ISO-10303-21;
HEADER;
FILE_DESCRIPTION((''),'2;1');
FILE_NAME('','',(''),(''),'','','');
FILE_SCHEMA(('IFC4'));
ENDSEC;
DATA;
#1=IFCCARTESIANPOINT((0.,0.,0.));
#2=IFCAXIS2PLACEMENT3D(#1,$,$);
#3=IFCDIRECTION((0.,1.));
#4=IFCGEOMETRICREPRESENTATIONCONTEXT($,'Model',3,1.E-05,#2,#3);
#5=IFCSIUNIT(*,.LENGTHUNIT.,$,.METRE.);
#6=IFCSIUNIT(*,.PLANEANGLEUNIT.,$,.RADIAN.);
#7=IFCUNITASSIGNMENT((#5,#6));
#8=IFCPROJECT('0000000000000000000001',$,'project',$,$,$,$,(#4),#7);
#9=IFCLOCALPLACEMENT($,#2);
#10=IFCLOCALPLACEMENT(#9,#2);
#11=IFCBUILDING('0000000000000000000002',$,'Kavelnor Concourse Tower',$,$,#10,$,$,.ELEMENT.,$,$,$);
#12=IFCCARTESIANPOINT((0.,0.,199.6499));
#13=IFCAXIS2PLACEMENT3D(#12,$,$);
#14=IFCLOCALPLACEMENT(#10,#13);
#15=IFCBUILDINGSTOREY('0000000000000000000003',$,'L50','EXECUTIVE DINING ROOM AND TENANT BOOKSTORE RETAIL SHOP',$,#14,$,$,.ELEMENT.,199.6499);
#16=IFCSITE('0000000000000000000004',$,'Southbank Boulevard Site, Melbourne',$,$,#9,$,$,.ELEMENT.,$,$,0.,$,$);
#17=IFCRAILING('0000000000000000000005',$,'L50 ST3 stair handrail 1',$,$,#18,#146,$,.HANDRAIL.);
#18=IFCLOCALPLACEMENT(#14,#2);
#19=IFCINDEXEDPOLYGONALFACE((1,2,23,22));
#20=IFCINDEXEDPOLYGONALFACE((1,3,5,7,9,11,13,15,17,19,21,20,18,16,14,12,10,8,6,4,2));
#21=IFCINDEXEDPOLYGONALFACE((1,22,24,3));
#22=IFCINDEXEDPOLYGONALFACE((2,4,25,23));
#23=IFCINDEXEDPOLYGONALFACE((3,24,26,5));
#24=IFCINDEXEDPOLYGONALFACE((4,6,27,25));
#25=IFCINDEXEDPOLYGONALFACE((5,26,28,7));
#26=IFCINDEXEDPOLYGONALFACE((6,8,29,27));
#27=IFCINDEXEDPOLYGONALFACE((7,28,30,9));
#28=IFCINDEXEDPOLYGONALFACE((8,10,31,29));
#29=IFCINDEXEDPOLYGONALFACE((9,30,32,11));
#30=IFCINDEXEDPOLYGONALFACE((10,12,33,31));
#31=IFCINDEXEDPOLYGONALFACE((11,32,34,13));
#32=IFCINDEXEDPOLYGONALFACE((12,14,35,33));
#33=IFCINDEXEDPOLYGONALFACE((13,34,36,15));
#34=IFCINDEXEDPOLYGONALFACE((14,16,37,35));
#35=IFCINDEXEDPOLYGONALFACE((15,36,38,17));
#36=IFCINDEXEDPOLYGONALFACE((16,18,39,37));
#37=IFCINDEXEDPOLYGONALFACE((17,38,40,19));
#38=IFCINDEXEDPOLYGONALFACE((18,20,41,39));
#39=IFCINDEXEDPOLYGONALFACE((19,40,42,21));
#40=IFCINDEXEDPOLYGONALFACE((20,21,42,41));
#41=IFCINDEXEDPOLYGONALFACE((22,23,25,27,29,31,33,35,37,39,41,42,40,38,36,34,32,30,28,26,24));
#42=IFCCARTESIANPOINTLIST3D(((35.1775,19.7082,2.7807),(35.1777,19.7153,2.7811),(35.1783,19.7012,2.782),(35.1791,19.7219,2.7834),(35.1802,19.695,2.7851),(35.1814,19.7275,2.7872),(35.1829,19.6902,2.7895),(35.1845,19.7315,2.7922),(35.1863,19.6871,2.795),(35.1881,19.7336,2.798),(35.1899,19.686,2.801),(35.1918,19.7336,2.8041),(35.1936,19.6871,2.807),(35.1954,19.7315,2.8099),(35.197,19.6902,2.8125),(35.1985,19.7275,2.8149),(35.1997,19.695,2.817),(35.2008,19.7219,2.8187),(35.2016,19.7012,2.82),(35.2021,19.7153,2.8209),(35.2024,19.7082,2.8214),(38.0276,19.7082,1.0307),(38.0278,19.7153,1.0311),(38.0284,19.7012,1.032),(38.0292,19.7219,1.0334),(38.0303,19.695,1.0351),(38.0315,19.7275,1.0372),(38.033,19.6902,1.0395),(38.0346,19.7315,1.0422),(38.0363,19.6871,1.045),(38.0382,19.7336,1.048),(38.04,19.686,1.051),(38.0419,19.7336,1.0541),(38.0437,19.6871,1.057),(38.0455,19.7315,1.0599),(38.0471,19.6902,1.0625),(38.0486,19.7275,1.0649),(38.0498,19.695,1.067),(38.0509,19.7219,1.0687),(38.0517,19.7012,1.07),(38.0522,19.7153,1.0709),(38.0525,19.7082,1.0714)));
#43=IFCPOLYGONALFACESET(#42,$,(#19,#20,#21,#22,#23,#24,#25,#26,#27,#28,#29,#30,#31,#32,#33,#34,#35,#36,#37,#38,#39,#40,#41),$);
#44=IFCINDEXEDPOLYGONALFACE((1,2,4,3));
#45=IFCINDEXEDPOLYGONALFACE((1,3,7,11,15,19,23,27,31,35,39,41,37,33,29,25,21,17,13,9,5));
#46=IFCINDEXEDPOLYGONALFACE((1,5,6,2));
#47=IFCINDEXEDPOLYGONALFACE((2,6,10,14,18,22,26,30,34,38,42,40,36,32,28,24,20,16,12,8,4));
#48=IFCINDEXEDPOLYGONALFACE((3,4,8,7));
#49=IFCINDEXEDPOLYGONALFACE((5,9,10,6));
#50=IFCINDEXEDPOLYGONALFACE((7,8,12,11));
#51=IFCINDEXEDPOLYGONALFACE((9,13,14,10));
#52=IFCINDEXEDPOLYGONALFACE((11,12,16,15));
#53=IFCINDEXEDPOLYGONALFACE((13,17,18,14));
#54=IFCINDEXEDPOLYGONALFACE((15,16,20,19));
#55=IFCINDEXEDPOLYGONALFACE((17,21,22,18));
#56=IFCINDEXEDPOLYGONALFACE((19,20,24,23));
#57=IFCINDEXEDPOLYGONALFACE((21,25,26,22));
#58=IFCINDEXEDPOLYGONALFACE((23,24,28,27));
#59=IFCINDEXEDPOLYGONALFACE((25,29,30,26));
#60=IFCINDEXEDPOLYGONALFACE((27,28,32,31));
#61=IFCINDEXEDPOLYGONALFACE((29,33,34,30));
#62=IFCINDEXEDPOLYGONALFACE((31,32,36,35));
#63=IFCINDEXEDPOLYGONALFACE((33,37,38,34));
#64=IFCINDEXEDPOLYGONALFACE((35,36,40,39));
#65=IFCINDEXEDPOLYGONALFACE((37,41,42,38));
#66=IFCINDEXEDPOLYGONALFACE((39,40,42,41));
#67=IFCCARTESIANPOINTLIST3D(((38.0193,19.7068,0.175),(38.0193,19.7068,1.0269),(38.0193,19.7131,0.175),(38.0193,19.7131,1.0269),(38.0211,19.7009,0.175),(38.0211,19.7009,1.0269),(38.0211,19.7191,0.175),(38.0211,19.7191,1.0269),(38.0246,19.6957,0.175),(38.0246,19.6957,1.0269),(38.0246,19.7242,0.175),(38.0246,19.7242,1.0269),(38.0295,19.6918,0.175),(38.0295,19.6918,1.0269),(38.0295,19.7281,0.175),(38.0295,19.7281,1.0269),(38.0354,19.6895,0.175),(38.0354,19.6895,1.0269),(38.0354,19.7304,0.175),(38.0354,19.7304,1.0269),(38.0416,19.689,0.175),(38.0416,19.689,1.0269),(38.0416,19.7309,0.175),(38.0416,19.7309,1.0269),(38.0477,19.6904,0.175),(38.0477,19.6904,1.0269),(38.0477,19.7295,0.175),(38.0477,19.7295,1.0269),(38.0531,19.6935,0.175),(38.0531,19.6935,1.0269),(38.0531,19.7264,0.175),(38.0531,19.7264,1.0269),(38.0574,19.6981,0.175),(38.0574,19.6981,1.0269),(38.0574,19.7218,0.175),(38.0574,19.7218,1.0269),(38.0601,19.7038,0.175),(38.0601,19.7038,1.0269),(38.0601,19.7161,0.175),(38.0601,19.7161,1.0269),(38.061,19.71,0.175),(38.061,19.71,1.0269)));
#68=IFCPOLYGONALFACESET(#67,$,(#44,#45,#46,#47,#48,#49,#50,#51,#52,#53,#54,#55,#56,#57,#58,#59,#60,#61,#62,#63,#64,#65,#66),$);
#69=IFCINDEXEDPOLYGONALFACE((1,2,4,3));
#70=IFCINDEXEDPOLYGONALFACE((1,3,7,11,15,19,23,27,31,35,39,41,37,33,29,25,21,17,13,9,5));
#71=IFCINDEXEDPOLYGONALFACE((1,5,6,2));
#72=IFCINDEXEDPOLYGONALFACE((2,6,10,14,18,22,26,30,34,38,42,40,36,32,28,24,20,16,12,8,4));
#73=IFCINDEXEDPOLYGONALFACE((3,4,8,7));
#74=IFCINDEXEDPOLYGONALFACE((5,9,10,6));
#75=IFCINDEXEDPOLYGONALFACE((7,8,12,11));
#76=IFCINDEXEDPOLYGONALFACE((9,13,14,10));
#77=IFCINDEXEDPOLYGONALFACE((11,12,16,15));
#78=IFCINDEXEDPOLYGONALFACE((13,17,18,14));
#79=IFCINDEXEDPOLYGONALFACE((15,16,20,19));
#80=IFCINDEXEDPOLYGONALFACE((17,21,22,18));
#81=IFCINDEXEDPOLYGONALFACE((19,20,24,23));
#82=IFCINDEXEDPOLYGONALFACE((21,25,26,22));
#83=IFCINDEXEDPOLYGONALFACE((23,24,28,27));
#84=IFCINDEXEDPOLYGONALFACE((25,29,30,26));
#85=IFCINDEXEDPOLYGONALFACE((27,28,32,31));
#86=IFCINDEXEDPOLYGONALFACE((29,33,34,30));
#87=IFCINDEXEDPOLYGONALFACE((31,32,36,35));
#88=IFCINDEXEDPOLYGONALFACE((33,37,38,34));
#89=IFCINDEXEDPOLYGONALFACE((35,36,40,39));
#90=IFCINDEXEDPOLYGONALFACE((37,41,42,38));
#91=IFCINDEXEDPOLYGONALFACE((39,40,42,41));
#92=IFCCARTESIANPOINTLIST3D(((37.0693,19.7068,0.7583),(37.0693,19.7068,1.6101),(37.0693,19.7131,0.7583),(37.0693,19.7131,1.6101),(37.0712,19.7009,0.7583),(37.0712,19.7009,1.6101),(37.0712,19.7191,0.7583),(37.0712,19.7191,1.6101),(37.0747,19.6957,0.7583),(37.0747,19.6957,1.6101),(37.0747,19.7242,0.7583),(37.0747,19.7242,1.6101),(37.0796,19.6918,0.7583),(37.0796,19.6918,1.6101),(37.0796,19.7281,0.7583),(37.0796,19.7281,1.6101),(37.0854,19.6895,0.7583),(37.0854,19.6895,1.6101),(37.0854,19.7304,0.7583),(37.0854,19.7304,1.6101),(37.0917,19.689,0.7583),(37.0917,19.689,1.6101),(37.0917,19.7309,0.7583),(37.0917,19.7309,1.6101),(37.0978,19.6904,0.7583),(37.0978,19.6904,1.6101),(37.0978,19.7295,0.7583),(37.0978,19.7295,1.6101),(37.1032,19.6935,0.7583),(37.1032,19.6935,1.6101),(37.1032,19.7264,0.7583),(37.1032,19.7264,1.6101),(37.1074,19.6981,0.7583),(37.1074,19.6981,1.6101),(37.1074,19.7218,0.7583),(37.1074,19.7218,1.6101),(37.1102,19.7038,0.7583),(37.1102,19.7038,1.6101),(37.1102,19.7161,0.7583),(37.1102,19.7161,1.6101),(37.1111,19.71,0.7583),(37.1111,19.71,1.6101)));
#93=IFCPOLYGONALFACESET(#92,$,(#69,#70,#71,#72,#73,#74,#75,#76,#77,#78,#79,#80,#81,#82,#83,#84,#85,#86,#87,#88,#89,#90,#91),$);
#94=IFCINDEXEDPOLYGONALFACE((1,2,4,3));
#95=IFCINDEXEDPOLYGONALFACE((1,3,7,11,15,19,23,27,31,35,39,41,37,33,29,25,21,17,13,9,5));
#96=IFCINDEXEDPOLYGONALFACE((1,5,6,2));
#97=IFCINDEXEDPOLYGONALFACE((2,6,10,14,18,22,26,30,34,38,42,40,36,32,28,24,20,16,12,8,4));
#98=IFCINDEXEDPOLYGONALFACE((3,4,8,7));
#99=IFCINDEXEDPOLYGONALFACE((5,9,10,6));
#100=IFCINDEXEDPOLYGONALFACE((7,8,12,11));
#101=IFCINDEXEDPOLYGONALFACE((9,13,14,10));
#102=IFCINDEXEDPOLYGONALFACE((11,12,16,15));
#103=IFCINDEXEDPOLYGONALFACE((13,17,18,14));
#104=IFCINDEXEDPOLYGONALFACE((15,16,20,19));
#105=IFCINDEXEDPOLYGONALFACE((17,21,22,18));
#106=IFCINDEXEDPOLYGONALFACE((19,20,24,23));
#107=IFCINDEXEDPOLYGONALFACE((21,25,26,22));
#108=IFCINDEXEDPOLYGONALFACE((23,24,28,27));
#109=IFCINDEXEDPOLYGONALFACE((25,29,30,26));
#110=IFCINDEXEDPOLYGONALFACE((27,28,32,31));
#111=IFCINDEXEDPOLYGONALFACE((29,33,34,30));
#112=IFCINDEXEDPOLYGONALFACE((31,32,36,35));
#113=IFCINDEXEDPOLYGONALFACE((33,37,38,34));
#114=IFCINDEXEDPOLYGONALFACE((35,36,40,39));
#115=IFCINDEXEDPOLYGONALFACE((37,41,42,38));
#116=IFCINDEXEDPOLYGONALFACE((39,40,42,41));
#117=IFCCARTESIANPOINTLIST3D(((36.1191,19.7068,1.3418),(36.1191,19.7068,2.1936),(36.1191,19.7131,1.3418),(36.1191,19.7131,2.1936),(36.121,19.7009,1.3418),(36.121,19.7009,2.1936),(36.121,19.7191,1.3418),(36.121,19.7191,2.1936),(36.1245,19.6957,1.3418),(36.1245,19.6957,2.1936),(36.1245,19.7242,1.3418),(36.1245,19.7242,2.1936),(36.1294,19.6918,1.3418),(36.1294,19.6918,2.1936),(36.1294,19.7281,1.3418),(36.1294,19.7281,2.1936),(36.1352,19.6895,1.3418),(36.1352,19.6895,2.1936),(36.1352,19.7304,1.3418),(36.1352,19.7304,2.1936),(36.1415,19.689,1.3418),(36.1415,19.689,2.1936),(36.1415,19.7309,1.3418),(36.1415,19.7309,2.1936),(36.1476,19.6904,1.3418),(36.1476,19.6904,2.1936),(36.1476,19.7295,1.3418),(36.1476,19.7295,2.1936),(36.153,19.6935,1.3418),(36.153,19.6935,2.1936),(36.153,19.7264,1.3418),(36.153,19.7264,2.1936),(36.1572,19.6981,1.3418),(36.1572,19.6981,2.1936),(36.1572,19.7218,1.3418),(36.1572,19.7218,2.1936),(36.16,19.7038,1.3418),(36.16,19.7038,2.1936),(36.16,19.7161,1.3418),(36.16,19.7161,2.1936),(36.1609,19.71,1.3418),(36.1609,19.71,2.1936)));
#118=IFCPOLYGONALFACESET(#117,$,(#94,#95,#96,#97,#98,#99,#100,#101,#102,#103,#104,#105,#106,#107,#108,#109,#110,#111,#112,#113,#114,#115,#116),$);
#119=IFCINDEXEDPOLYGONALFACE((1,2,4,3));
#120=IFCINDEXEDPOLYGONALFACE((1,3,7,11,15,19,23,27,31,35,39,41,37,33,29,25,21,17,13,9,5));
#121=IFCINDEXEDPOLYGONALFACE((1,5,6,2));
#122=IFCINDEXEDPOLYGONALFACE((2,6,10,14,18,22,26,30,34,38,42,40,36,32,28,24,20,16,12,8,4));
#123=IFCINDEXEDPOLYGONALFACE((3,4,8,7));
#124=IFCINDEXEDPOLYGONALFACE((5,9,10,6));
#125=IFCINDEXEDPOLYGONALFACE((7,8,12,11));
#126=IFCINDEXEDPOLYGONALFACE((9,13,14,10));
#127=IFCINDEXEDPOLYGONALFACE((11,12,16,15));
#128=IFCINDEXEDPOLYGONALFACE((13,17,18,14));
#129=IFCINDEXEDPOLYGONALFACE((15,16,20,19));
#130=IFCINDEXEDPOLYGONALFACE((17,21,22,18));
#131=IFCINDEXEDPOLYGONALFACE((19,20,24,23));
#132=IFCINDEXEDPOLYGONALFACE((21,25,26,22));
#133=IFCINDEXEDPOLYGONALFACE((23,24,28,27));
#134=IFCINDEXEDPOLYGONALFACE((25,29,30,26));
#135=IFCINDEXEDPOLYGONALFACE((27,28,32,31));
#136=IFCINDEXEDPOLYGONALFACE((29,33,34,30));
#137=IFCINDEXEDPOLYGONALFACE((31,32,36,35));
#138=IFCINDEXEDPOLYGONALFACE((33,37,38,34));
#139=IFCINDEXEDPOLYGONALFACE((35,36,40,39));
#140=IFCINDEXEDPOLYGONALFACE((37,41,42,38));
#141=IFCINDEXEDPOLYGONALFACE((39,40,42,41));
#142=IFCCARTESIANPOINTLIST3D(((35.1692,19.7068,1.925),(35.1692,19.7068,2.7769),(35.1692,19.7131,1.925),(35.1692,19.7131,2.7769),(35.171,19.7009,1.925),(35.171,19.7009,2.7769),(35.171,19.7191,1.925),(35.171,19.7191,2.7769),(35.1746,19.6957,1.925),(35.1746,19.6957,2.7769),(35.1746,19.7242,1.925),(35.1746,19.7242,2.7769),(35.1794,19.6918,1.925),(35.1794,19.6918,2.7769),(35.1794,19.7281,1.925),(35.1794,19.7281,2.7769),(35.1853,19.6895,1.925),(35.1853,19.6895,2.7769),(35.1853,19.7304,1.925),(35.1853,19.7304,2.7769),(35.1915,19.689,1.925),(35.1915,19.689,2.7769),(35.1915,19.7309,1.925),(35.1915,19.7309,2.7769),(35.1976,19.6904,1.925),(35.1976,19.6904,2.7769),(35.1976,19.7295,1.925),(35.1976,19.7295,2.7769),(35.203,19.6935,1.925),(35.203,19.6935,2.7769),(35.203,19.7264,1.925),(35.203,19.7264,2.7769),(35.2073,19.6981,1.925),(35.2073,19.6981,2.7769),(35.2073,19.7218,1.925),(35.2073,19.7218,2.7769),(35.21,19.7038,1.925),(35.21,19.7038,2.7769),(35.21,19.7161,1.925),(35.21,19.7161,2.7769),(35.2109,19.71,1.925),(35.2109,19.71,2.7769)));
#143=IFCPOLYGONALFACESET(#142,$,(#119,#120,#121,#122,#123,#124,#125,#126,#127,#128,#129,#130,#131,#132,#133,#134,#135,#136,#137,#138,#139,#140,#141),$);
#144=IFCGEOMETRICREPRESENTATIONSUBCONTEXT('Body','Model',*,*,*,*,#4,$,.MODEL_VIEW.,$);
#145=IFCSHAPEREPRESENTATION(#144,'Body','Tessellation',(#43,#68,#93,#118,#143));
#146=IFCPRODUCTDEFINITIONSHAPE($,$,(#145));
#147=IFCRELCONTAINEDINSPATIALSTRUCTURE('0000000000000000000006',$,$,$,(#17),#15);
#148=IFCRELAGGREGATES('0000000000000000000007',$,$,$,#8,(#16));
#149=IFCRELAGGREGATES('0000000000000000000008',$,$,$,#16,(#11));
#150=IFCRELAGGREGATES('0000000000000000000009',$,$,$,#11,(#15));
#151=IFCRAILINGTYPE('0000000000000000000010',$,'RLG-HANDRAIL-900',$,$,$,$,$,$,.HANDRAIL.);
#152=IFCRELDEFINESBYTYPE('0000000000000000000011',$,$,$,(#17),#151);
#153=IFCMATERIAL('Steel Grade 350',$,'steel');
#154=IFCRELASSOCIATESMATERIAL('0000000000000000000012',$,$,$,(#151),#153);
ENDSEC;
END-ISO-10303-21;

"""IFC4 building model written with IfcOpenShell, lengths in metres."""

from ifc_helpers import new_model, si_unit, direction, frame, origin, origin_2d, place, context, subcontext, project, spatial, circle, extrude, material, type_object, element, save


model = new_model("IFC4")

# Units and contexts
model_context = context("Model", 3, precision=1e-05, world=origin(), true_north=direction((0.0, 1.0)))
body_context = subcontext(model_context, "Body", "Model", "MODEL_VIEW")
ifc_project = project(units=[si_unit("LENGTHUNIT", "METRE"), si_unit("PLANEANGLEUNIT", "RADIAN")], contexts=[model_context])

# Site, building, storey
site_placement = place(None, origin())
site = spatial("IfcSite", under=ifc_project, at=site_placement, Name="Southbank Boulevard Site, Melbourne", CompositionType="ELEMENT", RefElevation=0.0)
building_placement = place(site_placement, origin())
building = spatial("IfcBuilding", under=site, at=building_placement, Name="Kavelnor Concourse Tower", CompositionType="ELEMENT")
storey_placement = place(building_placement, frame((0.0, 0.0, 199.6499)))
storey = spatial("IfcBuildingStorey", under=building, at=storey_placement, Name="L50", Description="EXECUTIVE DINING ROOM AND TENANT BOOKSTORE RETAIL SHOP", CompositionType="ELEMENT", Elevation=199.6499)

# Shared definitions
ifc_material_1 = material(Name="Steel Grade 350", Category="steel")

# Railing
railing_type_1 = type_object("IfcRailingType", Name="RLG-HANDRAIL-900", PredefinedType="HANDRAIL", material=ifc_material_1)
railing_1_placement = place(storey_placement, frame((38.04, 19.71, 0.175)))
element("IfcRailing", 1, at=railing_1_placement, inside=storey, type_object=railing_type_1, Name="L50 ST3 stair handrail 1", PredefinedType="HANDRAIL", context=body_context, shape_type="SweptSolid", body=[
    extrude(circle(Radius=0.0239, at=origin_2d()), frame((0.0, 0.0, 0.876), z_axis=(-0.852179, 0.0, 0.52325), x_axis=(0.0, -1.0, 0.0)), (0.0, 0.0, 1.0), 3.3445),
    extrude(circle(Radius=0.021, at=origin_2d()), origin(), (0.0, 0.0, 1.0), 0.8518),
    extrude(circle(Radius=0.021, at=origin_2d()), frame((-0.95, 0.0, 0.5833)), (0.0, 0.0, 1.0), 0.8518),
    extrude(circle(Radius=0.021, at=origin_2d()), frame((-1.9001, 0.0, 1.1667)), (0.0, 0.0, 1.0), 0.8518),
    extrude(circle(Radius=0.021, at=origin_2d()), frame((-2.8501, 0.0, 1.75)), (0.0, 0.0, 1.0), 0.8518),
])

save(model, "model.ifc")
